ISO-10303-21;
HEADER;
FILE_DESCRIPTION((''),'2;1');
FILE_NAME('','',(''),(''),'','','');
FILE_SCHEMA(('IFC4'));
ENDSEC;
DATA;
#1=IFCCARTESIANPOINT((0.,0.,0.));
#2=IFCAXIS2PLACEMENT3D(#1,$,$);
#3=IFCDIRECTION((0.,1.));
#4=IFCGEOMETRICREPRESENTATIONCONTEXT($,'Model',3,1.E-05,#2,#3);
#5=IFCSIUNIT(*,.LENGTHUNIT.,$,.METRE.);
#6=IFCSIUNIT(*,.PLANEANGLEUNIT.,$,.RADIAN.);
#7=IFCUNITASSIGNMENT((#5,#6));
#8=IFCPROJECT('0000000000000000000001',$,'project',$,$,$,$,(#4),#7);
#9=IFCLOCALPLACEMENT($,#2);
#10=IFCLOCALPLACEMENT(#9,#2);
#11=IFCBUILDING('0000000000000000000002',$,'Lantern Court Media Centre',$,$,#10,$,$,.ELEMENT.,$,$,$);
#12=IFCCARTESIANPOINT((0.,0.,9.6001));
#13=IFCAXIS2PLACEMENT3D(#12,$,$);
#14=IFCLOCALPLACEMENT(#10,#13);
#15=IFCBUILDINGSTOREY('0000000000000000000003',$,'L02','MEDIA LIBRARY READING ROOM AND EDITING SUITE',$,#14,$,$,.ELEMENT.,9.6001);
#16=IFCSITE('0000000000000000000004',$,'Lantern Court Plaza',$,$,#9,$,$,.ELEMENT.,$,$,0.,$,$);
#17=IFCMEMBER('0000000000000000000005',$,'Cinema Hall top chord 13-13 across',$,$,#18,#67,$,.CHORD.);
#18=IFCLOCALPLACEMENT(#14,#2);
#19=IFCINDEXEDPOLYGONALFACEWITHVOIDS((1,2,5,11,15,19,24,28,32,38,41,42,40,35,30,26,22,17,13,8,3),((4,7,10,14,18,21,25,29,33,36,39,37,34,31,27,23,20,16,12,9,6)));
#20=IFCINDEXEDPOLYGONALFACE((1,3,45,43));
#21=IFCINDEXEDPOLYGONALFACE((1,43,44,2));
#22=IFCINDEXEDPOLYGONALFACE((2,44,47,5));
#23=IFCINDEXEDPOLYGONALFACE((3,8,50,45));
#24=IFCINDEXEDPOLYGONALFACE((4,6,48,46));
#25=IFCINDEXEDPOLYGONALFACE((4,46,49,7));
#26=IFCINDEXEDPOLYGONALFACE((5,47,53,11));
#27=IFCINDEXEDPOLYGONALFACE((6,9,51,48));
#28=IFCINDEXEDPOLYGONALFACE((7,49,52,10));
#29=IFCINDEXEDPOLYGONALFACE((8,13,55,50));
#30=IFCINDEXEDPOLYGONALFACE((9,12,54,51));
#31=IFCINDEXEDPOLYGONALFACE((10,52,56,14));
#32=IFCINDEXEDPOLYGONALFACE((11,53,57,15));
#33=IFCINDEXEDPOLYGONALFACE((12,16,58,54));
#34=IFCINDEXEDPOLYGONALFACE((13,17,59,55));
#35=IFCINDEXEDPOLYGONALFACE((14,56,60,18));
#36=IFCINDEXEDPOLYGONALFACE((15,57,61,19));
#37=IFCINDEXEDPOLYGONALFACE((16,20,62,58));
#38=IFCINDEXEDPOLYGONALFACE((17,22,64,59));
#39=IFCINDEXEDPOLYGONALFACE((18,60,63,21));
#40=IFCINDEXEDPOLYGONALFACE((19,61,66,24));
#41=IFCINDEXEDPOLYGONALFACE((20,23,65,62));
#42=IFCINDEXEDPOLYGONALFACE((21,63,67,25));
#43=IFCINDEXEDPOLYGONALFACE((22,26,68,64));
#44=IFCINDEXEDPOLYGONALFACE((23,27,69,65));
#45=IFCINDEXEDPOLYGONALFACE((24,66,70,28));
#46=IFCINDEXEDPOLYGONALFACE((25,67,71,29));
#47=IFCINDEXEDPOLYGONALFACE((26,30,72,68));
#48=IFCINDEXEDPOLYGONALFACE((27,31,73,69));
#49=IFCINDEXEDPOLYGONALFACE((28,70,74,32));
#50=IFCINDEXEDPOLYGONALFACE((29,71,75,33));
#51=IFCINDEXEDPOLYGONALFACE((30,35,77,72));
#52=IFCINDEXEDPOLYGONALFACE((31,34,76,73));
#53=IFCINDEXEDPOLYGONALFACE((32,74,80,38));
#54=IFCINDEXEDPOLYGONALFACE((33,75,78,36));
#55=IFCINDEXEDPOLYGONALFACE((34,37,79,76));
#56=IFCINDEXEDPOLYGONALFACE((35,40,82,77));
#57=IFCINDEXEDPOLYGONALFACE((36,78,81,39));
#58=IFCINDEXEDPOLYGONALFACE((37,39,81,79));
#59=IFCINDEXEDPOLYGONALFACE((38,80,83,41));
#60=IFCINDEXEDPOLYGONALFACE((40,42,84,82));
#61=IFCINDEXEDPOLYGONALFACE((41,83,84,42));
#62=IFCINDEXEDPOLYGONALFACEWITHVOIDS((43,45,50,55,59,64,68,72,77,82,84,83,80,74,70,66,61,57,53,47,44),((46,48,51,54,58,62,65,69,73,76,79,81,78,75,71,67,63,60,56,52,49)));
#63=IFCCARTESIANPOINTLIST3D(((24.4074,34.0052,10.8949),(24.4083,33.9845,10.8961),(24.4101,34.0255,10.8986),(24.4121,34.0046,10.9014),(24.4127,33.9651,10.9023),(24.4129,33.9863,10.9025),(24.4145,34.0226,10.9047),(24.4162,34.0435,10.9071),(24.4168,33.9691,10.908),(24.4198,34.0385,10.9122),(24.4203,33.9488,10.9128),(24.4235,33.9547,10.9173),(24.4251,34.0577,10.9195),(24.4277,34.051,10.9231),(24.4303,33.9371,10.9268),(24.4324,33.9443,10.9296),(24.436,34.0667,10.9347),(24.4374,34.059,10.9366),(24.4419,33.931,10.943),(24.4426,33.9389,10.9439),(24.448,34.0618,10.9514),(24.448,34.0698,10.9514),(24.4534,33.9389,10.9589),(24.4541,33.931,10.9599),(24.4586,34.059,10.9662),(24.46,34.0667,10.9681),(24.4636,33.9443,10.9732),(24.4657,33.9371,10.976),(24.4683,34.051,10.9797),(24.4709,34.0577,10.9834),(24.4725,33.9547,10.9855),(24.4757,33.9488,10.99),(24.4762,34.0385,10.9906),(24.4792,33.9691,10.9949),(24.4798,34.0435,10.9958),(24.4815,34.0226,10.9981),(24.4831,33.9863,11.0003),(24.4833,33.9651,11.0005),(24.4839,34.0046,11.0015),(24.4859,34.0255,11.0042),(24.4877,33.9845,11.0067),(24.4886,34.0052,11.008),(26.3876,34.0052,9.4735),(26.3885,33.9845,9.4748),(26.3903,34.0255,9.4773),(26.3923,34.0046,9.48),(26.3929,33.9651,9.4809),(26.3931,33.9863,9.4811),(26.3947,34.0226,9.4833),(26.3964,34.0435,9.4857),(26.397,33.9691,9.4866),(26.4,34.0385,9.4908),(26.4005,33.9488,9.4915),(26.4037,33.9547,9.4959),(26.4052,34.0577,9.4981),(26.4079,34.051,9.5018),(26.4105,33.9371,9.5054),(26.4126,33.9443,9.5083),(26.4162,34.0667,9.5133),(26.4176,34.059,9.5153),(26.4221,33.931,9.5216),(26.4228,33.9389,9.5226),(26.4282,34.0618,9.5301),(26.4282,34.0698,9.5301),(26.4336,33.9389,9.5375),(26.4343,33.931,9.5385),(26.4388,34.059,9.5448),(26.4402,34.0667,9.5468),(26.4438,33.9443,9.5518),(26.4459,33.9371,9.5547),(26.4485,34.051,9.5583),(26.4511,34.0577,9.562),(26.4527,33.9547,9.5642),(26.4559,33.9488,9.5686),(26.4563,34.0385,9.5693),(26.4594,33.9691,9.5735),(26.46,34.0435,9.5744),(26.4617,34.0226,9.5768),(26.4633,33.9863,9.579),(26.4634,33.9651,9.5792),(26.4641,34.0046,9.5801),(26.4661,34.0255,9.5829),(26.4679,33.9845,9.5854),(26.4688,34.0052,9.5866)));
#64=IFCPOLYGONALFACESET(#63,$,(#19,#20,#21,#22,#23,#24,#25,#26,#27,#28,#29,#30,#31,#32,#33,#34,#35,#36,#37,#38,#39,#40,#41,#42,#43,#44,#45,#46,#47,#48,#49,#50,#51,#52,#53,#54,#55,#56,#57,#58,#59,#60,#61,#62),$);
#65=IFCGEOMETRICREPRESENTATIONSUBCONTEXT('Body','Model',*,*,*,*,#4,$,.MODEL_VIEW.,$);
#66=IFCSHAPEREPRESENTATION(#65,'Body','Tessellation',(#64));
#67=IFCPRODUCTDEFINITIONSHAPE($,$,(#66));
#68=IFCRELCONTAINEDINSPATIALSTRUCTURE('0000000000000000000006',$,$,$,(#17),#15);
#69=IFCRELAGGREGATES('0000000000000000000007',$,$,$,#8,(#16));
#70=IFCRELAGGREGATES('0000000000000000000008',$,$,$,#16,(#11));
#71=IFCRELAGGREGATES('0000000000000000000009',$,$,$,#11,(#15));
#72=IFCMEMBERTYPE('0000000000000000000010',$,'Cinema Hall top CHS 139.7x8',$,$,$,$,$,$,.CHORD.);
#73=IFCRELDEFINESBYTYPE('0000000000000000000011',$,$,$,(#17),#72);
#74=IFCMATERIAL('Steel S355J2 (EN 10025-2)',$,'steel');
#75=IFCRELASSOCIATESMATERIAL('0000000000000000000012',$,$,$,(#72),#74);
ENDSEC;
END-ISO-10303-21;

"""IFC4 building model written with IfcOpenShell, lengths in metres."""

from ifc_helpers import new_model, si_unit, direction, frame, origin, origin_2d, place, context, subcontext, project, spatial, hollow_circle, extrude, material, material_profile, profile_set, type_object, element, save


model = new_model("IFC4")

# Units and contexts
model_context = context("Model", 3, precision=1e-05, world=origin(), true_north=direction((0.0, 1.0)))
body_context = subcontext(model_context, "Body", "Model", "MODEL_VIEW")
ifc_project = project(units=[si_unit("LENGTHUNIT", "METRE"), si_unit("PLANEANGLEUNIT", "RADIAN")], contexts=[model_context])

# Site, building, storey
site_placement = place(None, origin())
site = spatial("IfcSite", under=ifc_project, at=site_placement, Name="Lantern Court Plaza", CompositionType="ELEMENT", RefElevation=0.0)
building_placement = place(site_placement, origin())
building = spatial("IfcBuilding", under=site, at=building_placement, Name="Lantern Court Media Centre", CompositionType="ELEMENT")
storey_placement = place(building_placement, frame((0.0, 0.0, 9.6001)))
storey = spatial("IfcBuildingStorey", under=building, at=storey_placement, Name="L02", Description="MEDIA LIBRARY READING ROOM AND EDITING SUITE", CompositionType="ELEMENT", Elevation=9.6001)

# Member
ifc_material = material(Name="Steel S355J2 (EN 10025-2)", Category="steel")
ifc_material_profile_1 = material_profile(ifc_material, hollow_circle(Radius=0.0698, WallThickness=0.0081, at=origin_2d()), Name="Cinema Hall top CHS 139.7x8")
ifc_profile_set_1 = profile_set([ifc_material_profile_1], Name="Steel S355J2 (EN 10025-2)")
member_type_1 = type_object("IfcMemberType", Name="Cinema Hall top CHS 139.7x8", PredefinedType="CHORD", material=ifc_profile_set_1)
member_1_placement = place(storey_placement, frame((24.448, 34.0, 10.9514), z_axis=(0.812385, 0.0, -0.583122), x_axis=(0.0, 1.0, 0.0)))
element("IfcMember", 1, at=member_1_placement, inside=storey, type_object=member_type_1, Name="Cinema Hall top chord 13-13 across", PredefinedType="CHORD", context=body_context, shape_type="SweptSolid", body=[
    extrude(hollow_circle(Radius=0.0698, WallThickness=0.0081, at=origin_2d()), origin(), (0.0, 0.0, 1.0), 2.4375),
])

save(model, "model.ifc")
